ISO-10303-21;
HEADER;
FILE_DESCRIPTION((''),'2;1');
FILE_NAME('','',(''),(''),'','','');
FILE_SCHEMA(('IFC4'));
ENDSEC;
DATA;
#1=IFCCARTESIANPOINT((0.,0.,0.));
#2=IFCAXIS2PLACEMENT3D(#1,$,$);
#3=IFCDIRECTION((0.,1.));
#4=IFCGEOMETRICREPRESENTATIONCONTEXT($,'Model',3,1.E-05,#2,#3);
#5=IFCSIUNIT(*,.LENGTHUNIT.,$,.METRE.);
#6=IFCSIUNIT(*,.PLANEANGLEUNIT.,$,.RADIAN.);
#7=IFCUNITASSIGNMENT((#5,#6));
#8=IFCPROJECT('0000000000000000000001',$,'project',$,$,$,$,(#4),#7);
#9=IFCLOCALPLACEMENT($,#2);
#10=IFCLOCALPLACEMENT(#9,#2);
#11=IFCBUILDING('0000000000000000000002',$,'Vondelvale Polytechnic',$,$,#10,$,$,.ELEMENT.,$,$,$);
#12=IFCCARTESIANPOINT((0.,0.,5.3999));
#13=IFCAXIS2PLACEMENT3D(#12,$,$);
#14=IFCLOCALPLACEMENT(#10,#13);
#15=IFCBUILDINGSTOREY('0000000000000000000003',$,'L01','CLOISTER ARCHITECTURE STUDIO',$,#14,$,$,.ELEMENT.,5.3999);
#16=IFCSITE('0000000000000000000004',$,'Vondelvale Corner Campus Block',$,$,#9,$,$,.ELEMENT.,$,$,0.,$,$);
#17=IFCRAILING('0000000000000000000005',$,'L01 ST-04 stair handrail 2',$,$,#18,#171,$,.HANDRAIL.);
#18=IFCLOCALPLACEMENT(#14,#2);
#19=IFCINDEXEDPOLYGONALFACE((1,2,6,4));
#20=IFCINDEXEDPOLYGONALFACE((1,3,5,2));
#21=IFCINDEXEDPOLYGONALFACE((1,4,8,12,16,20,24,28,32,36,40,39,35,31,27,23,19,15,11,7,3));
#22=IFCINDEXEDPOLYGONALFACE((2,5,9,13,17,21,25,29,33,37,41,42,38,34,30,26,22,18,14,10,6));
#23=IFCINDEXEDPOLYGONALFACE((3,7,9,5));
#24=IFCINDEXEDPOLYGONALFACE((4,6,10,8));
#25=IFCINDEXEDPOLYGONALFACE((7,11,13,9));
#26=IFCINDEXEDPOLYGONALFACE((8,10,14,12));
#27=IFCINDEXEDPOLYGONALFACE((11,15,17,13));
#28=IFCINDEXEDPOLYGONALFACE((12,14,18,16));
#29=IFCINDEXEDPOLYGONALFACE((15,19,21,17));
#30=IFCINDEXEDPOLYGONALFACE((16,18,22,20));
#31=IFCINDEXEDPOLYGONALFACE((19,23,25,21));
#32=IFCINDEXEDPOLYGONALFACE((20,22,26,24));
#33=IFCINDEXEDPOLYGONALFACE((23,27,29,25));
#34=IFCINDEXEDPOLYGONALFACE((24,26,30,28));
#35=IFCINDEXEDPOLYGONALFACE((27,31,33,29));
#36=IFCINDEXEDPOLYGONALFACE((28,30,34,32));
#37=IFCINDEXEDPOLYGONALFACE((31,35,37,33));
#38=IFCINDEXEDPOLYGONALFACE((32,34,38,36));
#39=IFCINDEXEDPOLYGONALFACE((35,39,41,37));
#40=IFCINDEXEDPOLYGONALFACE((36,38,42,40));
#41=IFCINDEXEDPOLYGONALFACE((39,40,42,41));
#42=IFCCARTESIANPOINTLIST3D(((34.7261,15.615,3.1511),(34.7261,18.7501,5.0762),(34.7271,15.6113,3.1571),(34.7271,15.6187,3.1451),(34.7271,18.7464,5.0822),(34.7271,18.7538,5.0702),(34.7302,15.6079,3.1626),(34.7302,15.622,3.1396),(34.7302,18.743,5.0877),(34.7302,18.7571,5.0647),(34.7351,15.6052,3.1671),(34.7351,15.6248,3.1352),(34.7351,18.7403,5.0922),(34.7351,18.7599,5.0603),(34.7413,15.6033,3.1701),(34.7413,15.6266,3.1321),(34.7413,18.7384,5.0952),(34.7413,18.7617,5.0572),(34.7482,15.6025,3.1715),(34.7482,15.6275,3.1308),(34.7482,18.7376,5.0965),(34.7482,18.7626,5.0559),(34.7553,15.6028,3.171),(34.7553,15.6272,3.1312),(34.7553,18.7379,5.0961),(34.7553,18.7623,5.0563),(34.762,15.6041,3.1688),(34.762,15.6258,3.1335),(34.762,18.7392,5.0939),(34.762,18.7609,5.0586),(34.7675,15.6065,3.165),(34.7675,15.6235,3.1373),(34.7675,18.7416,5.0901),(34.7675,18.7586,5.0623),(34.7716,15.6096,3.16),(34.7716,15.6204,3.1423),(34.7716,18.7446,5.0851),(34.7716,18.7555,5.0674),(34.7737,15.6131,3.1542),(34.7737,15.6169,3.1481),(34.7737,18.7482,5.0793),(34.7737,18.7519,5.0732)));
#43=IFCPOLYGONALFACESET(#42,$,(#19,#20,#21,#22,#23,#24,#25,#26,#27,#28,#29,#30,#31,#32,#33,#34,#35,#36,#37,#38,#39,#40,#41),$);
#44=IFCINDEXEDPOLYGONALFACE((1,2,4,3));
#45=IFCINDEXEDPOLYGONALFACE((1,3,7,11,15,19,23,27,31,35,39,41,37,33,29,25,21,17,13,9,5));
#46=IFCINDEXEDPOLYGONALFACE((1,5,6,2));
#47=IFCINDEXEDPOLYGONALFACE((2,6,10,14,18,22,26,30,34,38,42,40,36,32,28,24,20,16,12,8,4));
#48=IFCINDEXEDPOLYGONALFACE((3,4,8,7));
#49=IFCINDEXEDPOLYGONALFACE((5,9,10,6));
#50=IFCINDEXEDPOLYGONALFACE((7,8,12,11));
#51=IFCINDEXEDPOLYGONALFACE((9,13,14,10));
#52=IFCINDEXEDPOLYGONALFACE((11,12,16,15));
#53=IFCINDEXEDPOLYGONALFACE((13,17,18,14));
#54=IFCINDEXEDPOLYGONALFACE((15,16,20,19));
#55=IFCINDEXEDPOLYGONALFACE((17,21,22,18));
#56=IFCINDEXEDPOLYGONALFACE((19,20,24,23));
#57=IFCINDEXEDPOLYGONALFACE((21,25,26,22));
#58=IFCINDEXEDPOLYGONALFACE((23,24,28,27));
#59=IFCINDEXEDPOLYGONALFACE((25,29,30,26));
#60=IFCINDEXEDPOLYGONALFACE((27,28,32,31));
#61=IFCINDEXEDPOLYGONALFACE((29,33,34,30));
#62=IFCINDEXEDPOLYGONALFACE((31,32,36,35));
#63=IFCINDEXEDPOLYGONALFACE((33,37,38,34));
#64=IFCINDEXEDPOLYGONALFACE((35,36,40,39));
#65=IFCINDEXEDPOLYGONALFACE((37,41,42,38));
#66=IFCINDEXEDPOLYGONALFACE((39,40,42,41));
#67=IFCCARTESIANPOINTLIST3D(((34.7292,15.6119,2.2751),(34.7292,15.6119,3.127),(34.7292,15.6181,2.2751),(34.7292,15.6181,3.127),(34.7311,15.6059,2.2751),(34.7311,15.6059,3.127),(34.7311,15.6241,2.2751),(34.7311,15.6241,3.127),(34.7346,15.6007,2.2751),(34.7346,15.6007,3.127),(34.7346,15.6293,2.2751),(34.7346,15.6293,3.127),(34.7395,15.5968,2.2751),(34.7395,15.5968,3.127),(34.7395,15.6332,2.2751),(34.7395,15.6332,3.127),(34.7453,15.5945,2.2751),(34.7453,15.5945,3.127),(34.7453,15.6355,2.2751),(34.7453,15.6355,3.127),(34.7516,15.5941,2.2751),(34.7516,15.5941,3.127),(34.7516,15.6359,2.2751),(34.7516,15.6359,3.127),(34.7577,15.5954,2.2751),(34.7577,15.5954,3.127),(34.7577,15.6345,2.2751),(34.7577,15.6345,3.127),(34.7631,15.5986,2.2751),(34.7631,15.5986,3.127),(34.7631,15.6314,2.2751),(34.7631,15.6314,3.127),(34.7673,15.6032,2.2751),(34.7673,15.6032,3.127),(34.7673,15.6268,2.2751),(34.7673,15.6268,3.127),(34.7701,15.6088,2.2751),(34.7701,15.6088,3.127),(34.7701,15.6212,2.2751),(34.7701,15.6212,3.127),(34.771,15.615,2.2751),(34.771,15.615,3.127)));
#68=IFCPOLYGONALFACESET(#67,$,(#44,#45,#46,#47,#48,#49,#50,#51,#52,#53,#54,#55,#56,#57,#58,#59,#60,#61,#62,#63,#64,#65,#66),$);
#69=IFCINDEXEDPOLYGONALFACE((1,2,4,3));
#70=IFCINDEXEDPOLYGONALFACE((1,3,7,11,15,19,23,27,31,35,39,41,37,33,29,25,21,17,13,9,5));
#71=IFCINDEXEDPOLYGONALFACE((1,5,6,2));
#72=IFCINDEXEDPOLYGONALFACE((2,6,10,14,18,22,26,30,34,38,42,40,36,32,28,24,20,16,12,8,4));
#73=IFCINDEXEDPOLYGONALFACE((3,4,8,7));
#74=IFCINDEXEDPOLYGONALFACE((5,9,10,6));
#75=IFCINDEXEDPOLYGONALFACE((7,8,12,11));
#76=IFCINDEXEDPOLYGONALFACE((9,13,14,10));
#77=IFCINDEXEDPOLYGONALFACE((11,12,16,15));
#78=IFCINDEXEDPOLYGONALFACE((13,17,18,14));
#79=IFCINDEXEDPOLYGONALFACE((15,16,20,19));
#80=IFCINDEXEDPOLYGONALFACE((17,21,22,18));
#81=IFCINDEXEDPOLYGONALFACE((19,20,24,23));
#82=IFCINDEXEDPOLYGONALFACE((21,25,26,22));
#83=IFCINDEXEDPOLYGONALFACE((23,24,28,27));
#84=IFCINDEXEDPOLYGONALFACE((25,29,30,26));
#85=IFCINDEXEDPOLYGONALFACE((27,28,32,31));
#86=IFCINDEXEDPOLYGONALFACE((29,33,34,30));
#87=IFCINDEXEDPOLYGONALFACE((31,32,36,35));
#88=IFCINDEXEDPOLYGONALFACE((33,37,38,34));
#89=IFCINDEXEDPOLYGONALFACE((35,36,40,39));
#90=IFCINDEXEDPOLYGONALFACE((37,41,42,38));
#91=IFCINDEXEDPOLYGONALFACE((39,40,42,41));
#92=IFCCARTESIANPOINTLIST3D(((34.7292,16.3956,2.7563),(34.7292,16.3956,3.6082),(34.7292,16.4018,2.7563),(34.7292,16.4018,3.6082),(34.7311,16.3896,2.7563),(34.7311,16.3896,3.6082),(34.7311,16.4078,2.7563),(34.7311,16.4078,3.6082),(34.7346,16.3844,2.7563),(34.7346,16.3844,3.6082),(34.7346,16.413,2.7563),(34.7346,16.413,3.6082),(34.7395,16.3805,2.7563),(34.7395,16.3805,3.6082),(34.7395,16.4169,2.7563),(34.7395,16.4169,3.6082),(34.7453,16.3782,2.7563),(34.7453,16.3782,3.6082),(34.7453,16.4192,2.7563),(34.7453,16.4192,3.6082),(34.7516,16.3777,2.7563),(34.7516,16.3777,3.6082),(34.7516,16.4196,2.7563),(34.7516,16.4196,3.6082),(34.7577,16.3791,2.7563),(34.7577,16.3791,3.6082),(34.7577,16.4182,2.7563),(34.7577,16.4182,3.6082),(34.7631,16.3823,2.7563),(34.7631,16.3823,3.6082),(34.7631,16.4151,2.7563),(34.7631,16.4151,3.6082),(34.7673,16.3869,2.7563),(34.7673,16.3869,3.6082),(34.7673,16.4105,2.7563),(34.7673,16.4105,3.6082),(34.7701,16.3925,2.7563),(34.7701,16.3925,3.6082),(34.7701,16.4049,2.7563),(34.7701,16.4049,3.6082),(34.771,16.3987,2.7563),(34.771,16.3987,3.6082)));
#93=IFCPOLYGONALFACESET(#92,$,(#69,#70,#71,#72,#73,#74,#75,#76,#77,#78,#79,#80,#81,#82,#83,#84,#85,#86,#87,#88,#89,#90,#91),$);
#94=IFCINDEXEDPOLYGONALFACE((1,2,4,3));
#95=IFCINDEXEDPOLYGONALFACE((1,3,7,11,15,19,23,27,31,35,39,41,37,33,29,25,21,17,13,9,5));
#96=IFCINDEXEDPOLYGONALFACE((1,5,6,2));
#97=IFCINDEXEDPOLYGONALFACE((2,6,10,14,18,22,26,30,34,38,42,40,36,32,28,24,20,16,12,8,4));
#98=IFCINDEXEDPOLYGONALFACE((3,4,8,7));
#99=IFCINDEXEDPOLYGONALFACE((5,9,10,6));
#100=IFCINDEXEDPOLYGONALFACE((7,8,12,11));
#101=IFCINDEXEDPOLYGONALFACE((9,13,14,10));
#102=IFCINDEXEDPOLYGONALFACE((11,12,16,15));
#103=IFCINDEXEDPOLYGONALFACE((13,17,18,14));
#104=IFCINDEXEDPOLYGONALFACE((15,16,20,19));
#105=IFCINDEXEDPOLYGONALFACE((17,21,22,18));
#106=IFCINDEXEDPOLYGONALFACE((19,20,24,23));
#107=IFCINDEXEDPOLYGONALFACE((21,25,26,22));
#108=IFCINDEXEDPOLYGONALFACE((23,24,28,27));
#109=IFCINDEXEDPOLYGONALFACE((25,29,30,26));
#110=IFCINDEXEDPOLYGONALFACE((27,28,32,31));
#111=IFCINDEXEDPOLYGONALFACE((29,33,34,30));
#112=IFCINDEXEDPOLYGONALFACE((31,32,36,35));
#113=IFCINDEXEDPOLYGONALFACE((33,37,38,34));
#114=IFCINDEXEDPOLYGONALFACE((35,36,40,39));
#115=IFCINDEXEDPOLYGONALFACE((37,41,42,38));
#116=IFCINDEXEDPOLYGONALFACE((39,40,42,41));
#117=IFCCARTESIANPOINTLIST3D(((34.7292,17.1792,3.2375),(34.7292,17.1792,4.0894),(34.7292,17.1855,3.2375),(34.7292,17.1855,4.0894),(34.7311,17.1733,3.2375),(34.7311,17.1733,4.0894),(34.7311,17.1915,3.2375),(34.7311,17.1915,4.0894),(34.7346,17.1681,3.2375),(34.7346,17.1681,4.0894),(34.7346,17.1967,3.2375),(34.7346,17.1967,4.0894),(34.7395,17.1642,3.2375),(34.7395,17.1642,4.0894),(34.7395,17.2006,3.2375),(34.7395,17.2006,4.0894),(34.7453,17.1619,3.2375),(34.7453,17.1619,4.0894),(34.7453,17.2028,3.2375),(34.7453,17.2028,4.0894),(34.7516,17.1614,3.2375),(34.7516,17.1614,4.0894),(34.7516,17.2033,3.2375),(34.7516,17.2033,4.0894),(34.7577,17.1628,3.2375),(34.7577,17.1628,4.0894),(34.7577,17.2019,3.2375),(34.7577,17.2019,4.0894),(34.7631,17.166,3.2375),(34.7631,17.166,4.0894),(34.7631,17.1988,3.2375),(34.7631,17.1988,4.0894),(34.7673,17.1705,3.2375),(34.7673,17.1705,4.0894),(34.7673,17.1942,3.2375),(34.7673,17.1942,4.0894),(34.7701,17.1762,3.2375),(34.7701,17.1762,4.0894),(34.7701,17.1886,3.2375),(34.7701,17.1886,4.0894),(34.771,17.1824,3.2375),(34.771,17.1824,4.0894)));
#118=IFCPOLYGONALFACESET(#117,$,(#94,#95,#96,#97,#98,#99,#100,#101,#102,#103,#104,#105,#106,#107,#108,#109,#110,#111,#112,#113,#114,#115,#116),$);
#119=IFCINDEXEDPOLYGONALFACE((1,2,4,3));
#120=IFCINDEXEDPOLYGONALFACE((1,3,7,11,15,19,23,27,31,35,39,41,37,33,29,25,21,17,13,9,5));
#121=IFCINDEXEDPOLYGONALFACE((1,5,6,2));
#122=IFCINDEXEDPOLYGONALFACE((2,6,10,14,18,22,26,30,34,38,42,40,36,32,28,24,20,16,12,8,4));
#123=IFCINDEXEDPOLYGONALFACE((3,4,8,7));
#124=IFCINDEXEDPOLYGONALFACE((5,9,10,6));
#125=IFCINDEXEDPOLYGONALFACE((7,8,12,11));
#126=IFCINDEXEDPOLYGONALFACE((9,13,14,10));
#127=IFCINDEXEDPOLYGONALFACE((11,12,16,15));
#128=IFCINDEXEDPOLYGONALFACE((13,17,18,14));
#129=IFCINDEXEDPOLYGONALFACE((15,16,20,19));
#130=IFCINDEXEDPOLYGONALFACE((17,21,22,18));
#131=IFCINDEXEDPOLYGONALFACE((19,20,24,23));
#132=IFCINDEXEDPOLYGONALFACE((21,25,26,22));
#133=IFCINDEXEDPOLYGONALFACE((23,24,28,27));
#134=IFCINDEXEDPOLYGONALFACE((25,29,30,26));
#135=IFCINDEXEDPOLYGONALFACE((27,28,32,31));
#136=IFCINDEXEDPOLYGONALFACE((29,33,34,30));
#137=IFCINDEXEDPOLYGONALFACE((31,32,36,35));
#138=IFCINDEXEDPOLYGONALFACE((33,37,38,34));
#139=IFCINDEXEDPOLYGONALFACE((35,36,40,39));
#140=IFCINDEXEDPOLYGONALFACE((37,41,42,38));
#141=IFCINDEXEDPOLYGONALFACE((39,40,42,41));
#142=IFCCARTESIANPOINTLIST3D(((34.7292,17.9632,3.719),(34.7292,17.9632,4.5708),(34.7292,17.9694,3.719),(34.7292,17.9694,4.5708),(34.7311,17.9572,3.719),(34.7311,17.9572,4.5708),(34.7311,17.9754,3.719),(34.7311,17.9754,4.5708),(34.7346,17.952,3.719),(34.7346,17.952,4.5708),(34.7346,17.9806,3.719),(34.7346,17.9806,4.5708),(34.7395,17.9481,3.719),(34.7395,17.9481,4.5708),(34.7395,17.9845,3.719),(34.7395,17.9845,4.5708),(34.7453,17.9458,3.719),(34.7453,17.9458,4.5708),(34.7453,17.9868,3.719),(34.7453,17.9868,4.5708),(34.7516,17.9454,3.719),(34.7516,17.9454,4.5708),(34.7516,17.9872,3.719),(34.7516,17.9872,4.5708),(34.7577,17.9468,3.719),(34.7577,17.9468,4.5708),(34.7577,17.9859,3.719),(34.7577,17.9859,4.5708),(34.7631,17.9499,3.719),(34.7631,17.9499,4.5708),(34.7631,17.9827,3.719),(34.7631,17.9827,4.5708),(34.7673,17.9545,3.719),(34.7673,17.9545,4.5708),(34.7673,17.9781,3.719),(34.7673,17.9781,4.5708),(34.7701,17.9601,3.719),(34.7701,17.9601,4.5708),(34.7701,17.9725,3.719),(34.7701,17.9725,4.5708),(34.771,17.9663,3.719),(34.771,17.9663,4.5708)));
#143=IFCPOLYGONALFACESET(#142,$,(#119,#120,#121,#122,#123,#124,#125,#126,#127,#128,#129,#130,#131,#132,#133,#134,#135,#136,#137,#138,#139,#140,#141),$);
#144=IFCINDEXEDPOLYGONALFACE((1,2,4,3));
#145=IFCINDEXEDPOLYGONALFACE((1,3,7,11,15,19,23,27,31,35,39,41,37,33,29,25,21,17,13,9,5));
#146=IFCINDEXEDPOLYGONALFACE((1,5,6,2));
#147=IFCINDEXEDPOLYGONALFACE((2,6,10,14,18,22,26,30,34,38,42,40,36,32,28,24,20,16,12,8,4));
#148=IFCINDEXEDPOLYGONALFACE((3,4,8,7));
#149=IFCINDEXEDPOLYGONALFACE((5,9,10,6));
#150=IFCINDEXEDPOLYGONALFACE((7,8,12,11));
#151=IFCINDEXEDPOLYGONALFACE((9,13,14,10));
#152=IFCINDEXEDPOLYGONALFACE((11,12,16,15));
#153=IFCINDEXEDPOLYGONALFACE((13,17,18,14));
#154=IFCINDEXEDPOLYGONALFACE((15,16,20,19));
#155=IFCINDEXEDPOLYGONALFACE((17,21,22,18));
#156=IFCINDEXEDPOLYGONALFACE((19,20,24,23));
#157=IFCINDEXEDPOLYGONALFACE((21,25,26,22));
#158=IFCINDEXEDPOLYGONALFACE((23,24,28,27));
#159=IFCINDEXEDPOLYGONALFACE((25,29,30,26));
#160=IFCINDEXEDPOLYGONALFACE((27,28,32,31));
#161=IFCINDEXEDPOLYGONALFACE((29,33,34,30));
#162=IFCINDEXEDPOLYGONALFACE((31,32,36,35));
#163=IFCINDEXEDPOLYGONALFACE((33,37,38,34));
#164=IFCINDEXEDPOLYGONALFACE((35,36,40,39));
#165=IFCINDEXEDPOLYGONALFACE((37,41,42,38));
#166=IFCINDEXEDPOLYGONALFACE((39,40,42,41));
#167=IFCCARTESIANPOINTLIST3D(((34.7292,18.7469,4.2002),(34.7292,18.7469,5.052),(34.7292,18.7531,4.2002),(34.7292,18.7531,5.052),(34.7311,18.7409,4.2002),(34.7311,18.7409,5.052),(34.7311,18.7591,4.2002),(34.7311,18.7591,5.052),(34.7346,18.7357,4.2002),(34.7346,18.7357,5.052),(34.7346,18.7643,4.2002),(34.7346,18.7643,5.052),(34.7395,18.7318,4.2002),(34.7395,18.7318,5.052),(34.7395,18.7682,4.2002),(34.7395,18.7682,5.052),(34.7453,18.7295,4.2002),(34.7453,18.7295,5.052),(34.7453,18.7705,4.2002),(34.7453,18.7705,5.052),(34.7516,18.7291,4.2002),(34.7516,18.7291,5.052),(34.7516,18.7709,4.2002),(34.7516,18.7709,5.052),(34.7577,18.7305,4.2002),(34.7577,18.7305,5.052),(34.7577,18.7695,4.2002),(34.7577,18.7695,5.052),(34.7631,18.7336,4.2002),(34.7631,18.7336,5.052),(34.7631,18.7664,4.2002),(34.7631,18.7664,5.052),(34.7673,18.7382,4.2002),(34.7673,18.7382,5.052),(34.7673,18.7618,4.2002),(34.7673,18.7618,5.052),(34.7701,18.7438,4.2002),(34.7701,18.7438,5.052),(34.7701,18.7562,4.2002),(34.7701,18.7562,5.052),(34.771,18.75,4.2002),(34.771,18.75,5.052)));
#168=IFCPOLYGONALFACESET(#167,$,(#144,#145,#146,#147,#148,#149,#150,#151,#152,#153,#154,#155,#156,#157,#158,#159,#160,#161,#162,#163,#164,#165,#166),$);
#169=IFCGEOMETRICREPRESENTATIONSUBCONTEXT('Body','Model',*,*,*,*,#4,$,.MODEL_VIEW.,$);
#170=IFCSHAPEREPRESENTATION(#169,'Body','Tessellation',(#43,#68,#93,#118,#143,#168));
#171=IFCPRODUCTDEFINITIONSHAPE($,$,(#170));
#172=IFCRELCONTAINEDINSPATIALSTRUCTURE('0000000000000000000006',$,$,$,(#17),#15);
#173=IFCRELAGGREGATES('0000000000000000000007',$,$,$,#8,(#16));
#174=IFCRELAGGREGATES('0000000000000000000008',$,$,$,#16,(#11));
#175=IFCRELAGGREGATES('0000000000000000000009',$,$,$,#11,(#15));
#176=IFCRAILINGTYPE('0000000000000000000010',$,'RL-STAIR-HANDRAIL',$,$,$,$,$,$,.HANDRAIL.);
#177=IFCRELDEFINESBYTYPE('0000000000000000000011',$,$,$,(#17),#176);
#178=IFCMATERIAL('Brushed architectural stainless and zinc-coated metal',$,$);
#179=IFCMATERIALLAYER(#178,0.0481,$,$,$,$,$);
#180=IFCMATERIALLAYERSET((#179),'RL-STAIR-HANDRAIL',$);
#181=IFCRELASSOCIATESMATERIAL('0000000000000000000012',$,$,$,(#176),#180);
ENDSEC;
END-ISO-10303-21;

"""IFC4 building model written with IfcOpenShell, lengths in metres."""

from ifc_helpers import new_model, si_unit, direction, frame, origin, origin_2d, place, context, subcontext, project, spatial, circle, extrude, material, layer, layer_set, type_object, element, save


model = new_model("IFC4")

# Units and contexts
model_context = context("Model", 3, precision=1e-05, world=origin(), true_north=direction((0.0, 1.0)))
body_context = subcontext(model_context, "Body", "Model", "MODEL_VIEW")
ifc_project = project(units=[si_unit("LENGTHUNIT", "METRE"), si_unit("PLANEANGLEUNIT", "RADIAN")], contexts=[model_context])

# Site, building, storey
site_placement = place(None, origin())
site = spatial("IfcSite", under=ifc_project, at=site_placement, Name="Vondelvale Corner Campus Block", CompositionType="ELEMENT", RefElevation=0.0)
building_placement = place(site_placement, origin())
building = spatial("IfcBuilding", under=site, at=building_placement, Name="Vondelvale Polytechnic", CompositionType="ELEMENT")
storey_placement = place(building_placement, frame((0.0, 0.0, 5.3999)))
storey = spatial("IfcBuildingStorey", under=building, at=storey_placement, Name="L01", Description="CLOISTER ARCHITECTURE STUDIO", CompositionType="ELEMENT", Elevation=5.3999)

# Railing
ifc_material_1 = material(Name="Brushed architectural stainless and zinc-coated metal")
ifc_layer_1 = layer(ifc_material_1, 0.0481)
ifc_layer_set_1 = layer_set([ifc_layer_1], Name="RL-STAIR-HANDRAIL")
railing_type_1 = type_object("IfcRailingType", Name="RL-STAIR-HANDRAIL", PredefinedType="HANDRAIL", material=ifc_layer_set_1)
railing_1_placement = place(storey_placement, frame((34.75, 15.615, 2.2751)))
element("IfcRailing", 1, at=railing_1_placement, inside=storey, type_object=railing_type_1, Name="L01 ST-04 stair handrail 2", PredefinedType="HANDRAIL", context=body_context, shape_type="SweptSolid", body=[
    extrude(circle(Radius=0.0239, at=origin_2d()), frame((0.0, 0.0, 0.876), z_axis=(0.0, 0.852166, 0.523271), x_axis=(-1.0, 0.0, 0.0)), (0.0, 0.0, 1.0), 3.679),
    extrude(circle(Radius=0.021, at=origin_2d()), origin(), (0.0, 0.0, 1.0), 0.8518),
    extrude(circle(Radius=0.021, at=origin_2d()), frame((0.0, 0.7837, 0.4812)), (0.0, 0.0, 1.0), 0.8518),
    extrude(circle(Radius=0.021, at=origin_2d()), frame((0.0, 1.5674, 0.9624)), (0.0, 0.0, 1.0), 0.8518),
    extrude(circle(Radius=0.021, at=origin_2d()), frame((0.0, 2.3513, 1.4438)), (0.0, 0.0, 1.0), 0.8518),
    extrude(circle(Radius=0.021, at=origin_2d()), frame((0.0, 3.135, 1.925)), (0.0, 0.0, 1.0), 0.8518),
])

save(model, "model.ifc")
